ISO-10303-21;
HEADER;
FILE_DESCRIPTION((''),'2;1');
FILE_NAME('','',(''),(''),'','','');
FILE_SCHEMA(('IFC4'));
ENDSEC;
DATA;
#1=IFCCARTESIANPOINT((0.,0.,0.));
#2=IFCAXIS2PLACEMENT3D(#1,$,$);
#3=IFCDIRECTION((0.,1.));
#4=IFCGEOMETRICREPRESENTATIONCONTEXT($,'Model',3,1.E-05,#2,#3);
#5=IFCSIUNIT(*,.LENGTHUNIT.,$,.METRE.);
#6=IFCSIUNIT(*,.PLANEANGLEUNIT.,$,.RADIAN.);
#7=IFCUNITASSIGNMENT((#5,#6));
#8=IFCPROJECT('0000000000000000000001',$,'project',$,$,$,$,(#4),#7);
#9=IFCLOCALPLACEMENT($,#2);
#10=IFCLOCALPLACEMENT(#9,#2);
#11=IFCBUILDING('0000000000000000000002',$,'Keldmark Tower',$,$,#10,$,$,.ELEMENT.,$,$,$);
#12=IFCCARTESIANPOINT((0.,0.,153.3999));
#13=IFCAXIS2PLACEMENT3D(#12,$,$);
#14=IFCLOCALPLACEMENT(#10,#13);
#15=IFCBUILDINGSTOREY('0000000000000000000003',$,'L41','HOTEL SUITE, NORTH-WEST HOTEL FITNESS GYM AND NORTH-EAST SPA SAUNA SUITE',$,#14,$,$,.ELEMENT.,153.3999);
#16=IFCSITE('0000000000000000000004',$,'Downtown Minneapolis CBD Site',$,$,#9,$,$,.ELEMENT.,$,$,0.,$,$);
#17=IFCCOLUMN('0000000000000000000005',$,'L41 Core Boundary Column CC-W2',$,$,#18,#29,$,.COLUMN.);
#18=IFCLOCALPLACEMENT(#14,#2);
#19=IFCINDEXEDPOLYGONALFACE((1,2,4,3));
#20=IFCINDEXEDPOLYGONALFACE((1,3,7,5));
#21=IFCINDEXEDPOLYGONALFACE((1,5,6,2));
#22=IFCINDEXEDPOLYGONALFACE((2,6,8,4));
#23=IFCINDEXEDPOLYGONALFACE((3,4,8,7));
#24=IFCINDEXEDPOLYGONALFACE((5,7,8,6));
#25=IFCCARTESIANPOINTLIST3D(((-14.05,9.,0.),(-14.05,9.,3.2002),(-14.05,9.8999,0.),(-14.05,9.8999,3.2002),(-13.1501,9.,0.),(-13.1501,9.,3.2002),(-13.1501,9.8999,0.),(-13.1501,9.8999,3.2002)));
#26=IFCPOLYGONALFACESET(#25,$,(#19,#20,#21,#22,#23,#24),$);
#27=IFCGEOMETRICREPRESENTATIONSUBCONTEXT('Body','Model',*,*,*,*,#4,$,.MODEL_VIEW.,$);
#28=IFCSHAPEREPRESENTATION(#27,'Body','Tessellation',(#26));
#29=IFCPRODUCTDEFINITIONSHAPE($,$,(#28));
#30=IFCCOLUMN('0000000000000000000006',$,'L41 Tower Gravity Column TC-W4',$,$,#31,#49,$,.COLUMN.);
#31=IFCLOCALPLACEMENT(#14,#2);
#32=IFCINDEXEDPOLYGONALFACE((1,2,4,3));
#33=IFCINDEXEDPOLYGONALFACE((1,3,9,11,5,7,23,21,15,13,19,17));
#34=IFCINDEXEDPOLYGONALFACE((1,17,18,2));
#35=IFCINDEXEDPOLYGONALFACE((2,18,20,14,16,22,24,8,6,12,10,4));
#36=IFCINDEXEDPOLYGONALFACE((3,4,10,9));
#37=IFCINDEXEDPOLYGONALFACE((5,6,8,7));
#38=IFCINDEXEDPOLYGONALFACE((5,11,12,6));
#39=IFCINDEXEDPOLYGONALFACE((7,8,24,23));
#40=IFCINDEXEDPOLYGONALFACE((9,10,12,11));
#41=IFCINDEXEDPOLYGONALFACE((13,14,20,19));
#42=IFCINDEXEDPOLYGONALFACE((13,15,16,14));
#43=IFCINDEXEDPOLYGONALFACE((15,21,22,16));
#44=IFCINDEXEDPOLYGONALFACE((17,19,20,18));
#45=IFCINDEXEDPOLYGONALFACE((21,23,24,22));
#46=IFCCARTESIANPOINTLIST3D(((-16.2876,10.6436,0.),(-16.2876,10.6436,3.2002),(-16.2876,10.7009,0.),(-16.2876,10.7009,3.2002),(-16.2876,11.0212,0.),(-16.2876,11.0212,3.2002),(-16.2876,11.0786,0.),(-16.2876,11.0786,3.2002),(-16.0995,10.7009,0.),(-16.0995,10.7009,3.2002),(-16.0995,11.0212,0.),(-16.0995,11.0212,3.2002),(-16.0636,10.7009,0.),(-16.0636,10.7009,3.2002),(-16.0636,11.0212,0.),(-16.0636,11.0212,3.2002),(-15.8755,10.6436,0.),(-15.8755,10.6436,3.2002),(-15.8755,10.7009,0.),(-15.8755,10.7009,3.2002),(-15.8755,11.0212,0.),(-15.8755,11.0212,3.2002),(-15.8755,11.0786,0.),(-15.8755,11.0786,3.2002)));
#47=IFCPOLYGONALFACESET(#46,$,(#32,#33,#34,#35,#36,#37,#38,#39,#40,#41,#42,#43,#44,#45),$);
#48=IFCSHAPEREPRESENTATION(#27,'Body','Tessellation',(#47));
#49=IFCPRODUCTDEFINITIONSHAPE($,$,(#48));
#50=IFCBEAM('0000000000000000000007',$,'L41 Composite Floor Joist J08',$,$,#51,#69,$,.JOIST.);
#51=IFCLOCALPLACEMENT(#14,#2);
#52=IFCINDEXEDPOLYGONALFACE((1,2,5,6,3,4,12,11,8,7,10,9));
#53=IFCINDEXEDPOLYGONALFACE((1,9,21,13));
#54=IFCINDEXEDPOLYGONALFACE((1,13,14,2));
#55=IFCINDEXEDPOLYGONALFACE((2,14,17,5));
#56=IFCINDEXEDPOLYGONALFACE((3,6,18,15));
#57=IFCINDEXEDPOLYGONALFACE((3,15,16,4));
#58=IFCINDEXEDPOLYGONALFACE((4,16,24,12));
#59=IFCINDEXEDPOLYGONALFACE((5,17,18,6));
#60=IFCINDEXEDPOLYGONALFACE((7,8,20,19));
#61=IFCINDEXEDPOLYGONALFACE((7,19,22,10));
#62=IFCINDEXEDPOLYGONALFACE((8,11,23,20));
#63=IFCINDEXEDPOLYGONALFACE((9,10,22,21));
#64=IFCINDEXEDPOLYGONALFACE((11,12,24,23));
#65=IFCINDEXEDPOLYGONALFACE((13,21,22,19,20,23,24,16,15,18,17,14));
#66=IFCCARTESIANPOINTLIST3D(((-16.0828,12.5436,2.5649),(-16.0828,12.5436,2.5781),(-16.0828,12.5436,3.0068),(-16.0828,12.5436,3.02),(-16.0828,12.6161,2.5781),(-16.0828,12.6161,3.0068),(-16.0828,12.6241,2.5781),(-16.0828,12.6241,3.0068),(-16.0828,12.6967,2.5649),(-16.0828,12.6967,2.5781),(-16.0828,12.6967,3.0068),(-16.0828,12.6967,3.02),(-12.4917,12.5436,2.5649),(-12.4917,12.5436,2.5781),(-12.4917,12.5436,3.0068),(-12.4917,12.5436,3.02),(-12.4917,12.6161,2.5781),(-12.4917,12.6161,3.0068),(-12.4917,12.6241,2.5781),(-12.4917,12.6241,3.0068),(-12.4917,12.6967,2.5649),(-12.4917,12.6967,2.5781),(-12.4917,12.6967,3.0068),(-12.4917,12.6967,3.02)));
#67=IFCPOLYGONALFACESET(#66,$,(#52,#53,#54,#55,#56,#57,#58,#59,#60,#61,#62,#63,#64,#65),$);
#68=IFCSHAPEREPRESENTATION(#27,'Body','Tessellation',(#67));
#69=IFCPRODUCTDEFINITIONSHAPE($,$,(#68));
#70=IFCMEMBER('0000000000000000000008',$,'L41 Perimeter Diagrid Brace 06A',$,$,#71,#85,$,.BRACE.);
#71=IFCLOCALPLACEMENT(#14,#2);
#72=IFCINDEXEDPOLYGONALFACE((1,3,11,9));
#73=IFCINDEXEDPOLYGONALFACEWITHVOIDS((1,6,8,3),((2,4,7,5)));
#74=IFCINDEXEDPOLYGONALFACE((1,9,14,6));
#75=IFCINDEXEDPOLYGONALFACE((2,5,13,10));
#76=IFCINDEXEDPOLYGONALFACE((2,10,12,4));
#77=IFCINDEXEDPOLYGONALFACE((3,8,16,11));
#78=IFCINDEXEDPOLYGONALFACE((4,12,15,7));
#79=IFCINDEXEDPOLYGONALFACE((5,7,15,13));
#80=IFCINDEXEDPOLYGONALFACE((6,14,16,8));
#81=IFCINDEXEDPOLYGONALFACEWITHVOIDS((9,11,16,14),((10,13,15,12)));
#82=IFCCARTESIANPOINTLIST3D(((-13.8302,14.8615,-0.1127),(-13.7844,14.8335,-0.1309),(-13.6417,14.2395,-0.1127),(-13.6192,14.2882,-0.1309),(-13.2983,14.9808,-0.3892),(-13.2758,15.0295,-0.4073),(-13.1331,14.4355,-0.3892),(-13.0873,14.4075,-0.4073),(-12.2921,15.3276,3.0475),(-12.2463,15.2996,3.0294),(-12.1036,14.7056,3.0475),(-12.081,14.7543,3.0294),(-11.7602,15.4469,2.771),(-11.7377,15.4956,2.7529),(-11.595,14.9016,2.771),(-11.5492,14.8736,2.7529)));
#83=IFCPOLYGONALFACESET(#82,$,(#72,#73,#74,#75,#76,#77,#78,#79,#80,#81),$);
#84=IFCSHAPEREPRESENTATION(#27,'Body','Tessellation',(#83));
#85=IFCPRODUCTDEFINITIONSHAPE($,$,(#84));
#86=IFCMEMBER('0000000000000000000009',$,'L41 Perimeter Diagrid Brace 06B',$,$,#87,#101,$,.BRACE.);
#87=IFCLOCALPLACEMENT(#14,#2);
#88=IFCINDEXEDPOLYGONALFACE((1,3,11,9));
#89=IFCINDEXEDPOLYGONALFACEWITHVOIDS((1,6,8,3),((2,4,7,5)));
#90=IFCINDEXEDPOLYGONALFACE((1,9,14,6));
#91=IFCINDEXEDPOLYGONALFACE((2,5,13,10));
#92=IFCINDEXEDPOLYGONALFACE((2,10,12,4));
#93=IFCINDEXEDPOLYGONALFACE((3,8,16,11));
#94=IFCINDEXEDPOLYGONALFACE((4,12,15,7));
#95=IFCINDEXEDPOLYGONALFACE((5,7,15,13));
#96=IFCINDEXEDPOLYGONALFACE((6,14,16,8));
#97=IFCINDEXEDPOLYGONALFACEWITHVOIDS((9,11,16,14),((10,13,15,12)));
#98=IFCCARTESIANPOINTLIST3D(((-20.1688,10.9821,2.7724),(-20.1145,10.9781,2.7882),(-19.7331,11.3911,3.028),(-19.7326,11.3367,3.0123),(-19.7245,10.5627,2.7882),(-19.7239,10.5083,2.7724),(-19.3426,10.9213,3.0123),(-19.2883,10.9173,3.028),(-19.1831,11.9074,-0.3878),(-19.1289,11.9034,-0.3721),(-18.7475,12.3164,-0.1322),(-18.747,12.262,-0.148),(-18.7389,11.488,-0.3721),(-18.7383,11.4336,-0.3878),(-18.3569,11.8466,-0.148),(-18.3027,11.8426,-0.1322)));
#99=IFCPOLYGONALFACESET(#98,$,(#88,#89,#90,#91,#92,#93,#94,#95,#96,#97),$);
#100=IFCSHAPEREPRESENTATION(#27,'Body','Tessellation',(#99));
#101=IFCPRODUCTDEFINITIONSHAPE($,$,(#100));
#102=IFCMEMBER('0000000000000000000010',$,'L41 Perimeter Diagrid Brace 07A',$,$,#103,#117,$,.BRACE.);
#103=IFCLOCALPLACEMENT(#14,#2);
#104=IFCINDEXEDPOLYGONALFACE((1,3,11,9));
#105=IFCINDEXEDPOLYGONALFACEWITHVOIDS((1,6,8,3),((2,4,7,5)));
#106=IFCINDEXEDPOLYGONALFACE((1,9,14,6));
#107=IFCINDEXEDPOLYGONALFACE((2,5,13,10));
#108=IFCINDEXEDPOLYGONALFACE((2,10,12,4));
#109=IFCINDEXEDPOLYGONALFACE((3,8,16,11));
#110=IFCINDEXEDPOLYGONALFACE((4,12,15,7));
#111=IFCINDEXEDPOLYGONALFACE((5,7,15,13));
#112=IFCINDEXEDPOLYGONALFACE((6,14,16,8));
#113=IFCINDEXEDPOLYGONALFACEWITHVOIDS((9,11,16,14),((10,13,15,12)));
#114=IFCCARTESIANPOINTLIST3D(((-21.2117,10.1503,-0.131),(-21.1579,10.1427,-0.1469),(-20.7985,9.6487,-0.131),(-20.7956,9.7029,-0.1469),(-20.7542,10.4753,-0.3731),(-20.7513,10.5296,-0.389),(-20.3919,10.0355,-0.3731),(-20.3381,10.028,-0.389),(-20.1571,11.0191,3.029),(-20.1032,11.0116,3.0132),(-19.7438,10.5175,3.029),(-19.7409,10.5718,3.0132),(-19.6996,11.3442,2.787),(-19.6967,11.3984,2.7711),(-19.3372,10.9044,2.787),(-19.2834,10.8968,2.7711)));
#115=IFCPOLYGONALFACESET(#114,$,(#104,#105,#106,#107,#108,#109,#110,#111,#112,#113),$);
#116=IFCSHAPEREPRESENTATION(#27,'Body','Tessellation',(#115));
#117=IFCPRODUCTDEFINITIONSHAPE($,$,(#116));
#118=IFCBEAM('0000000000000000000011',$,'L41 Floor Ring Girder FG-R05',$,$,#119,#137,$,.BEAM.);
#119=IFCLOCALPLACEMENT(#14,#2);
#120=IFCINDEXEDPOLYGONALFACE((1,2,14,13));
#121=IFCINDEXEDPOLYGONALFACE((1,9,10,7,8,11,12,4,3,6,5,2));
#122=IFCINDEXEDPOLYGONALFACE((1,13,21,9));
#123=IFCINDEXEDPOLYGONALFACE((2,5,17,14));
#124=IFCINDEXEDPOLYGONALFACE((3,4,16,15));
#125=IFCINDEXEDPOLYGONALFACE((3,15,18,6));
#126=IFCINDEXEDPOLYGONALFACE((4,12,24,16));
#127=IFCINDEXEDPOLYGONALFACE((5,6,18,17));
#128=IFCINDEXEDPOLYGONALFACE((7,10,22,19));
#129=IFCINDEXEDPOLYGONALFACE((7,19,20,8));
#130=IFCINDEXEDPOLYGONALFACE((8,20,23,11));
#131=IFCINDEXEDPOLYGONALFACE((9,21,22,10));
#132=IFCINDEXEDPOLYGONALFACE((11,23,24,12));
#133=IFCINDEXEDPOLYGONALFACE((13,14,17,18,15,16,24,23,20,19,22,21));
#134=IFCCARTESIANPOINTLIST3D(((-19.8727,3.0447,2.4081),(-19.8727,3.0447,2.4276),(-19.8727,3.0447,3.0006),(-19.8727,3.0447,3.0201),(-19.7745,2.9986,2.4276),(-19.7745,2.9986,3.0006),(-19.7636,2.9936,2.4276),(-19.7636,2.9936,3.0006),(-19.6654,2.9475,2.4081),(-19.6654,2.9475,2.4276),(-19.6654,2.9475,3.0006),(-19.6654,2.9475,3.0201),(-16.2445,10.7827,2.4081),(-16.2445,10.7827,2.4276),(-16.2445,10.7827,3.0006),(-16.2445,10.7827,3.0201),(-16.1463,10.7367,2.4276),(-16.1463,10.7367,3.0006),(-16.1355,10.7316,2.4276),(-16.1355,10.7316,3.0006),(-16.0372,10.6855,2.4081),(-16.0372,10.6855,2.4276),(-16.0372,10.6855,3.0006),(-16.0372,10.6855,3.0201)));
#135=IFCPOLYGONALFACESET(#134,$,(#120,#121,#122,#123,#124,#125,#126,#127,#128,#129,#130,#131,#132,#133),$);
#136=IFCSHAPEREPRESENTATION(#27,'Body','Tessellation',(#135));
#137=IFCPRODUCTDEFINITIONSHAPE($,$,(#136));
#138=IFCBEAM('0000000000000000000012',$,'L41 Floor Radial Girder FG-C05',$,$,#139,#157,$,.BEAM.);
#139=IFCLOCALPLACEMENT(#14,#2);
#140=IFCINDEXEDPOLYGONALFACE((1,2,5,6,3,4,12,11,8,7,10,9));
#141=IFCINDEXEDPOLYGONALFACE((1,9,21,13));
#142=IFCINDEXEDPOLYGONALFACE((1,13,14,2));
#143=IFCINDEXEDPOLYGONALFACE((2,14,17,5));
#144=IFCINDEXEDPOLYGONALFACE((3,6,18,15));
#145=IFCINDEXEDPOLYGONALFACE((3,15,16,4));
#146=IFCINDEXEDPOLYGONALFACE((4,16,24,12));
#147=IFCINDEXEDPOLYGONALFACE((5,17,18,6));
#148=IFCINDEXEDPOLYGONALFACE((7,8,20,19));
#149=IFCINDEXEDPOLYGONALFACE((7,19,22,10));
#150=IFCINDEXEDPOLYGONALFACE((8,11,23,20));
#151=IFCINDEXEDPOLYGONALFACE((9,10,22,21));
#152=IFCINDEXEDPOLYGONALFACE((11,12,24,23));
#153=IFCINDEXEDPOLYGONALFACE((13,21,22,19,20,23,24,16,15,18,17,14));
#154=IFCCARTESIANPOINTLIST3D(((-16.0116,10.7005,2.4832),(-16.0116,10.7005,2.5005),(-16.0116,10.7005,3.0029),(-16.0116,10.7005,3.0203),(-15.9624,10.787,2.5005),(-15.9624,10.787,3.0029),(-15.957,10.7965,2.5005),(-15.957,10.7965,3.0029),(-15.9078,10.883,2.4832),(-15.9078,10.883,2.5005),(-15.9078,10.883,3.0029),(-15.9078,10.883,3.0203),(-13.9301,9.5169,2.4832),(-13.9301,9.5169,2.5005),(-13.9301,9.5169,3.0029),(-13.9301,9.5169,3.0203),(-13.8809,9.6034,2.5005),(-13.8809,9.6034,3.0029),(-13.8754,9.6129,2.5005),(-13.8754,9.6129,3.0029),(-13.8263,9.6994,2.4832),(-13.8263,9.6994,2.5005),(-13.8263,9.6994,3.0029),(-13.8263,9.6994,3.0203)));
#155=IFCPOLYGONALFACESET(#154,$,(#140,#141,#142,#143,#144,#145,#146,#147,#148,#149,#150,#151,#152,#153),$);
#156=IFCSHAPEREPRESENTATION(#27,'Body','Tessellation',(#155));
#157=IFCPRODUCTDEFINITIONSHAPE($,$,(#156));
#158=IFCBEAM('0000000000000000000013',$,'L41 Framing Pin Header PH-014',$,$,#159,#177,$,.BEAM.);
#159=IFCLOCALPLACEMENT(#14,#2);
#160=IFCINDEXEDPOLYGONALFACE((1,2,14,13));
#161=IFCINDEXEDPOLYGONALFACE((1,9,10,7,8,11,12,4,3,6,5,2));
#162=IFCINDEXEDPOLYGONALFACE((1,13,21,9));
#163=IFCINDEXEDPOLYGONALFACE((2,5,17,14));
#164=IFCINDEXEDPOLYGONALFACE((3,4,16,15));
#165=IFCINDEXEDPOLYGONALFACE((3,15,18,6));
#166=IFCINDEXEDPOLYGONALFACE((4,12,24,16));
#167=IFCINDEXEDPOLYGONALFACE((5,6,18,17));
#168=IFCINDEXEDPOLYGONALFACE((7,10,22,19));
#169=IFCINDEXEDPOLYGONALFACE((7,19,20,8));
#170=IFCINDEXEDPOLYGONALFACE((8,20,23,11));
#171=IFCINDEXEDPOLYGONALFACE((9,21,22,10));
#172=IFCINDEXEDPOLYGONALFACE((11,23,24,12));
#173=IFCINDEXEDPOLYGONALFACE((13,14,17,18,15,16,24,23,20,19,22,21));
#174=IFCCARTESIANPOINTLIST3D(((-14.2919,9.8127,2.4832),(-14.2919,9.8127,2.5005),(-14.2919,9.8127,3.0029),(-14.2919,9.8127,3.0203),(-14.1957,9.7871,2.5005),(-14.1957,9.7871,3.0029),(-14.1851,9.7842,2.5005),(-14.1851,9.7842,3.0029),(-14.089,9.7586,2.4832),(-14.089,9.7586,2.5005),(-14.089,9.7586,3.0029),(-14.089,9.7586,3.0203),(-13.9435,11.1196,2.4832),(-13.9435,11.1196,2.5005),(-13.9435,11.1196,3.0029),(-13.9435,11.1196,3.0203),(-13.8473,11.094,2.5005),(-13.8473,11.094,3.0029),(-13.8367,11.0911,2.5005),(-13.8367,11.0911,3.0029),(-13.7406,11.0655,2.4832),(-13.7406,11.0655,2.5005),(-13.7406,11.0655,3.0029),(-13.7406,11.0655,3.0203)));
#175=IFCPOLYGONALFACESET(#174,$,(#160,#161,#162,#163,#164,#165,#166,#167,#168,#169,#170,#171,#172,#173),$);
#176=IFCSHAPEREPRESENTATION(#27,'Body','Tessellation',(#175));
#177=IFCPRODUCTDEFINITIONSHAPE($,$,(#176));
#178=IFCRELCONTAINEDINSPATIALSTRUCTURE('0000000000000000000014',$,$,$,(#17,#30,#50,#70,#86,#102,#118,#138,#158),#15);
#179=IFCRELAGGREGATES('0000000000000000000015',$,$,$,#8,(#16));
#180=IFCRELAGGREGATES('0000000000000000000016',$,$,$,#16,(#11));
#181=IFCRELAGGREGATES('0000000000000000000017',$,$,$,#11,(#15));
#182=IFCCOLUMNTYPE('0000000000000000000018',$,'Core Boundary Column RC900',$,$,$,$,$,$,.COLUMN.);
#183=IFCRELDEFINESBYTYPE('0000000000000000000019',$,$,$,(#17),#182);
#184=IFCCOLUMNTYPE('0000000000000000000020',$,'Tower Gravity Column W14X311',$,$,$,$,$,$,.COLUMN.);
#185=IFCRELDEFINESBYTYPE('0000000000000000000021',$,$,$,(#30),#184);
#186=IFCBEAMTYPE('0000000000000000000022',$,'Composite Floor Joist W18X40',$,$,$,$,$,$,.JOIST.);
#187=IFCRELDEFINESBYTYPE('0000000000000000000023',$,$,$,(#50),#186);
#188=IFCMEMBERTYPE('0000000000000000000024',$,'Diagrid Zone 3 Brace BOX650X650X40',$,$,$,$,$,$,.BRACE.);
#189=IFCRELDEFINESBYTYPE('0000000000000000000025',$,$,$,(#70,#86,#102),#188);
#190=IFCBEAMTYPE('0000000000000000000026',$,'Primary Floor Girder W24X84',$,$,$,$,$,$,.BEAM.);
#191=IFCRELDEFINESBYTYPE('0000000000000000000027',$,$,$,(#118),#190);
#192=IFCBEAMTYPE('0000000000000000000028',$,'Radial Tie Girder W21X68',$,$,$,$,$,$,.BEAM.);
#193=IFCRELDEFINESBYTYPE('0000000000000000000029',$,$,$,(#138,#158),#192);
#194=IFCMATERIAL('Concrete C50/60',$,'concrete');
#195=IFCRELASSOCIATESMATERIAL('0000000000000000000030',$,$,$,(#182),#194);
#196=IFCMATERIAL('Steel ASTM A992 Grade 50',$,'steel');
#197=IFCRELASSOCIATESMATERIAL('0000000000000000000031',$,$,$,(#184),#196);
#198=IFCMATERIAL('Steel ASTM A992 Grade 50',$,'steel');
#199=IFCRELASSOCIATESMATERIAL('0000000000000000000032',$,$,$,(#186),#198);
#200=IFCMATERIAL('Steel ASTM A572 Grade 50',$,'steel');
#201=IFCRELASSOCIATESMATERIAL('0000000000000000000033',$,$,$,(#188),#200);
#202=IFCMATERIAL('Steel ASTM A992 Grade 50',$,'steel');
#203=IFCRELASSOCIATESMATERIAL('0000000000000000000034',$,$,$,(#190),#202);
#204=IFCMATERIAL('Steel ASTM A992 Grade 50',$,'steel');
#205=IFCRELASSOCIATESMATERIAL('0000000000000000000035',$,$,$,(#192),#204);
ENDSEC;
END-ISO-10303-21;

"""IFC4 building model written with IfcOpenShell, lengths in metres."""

from ifc_helpers import new_model, si_unit, direction, frame, origin, origin_2d, place, context, subcontext, project, spatial, rectangle, hollow_rectangle, i_section, extrude, material, material_profile, profile_set, type_object, element, save


model = new_model("IFC4")

# Units and contexts
model_context = context("Model", 3, precision=1e-05, world=origin(), true_north=direction((0.0, 1.0)))
body_context = subcontext(model_context, "Body", "Model", "MODEL_VIEW")
ifc_project = project(units=[si_unit("LENGTHUNIT", "METRE"), si_unit("PLANEANGLEUNIT", "RADIAN")], contexts=[model_context])

# Site, building, storey
site_placement = place(None, origin())
site = spatial("IfcSite", under=ifc_project, at=site_placement, Name="Downtown Minneapolis CBD Site", CompositionType="ELEMENT", RefElevation=0.0)
building_placement = place(site_placement, origin())
building = spatial("IfcBuilding", under=site, at=building_placement, Name="Keldmark Tower", CompositionType="ELEMENT")
storey_placement = place(building_placement, frame((0.0, 0.0, 153.3999)))
storey = spatial("IfcBuildingStorey", under=building, at=storey_placement, Name="L41", Description="HOTEL SUITE, NORTH-WEST HOTEL FITNESS GYM AND NORTH-EAST SPA SAUNA SUITE", CompositionType="ELEMENT", Elevation=153.3999)

# Columns
ifc_material_1 = material(Name="Concrete C50/60", Category="concrete")
ifc_material_profile_1 = material_profile(ifc_material_1, rectangle(XDim=0.8999, YDim=0.8999, at=origin_2d()), Name="RC900X900")
ifc_profile_set_1 = profile_set([ifc_material_profile_1], Name="Concrete C50/60")
column_type_1 = type_object("IfcColumnType", Name="Core Boundary Column RC900", PredefinedType="COLUMN", material=ifc_profile_set_1)
column_1_placement = place(storey_placement, frame((-13.6001, 9.45, 0.0), z_axis=(0.0, 0.0, 1.0), x_axis=(1.0, 0.0, 0.0)))
element("IfcColumn", 1, at=column_1_placement, inside=storey, type_object=column_type_1, Name="L41 Core Boundary Column CC-W2", PredefinedType="COLUMN", context=body_context, shape_type="SweptSolid", body=[
    extrude(rectangle(XDim=0.8999, YDim=0.8999, at=origin_2d()), origin(), (0.0, 0.0, 1.0), 3.2002),
])
ifc_material_2 = material(Name="Steel ASTM A992 Grade 50", Category="steel")
ifc_material_profile_2 = material_profile(ifc_material_2, i_section(OverallWidth=0.4121, OverallDepth=0.4351, WebThickness=0.0359, FlangeThickness=0.0574, at=origin_2d()), Name="W14X311")
ifc_profile_set_2 = profile_set([ifc_material_profile_2], Name="Steel ASTM A992 Grade 50")
column_type_2 = type_object("IfcColumnType", Name="Tower Gravity Column W14X311", PredefinedType="COLUMN", material=ifc_profile_set_2)
column_2_placement = place(storey_placement, frame((-16.0815, 10.8611, 0.0), z_axis=(0.0, 0.0, 1.0), x_axis=(1.0, 0.0, 0.0)))
element("IfcColumn", 2, at=column_2_placement, inside=storey, type_object=column_type_2, Name="L41 Tower Gravity Column TC-W4", PredefinedType="COLUMN", context=body_context, shape_type="SweptSolid", body=[
    extrude(i_section(OverallWidth=0.4121, OverallDepth=0.4351, WebThickness=0.0359, FlangeThickness=0.0574, at=origin_2d()), origin(), (0.0, 0.0, 1.0), 3.2002),
])

# Beam
ifc_material_3 = material(Name="Steel ASTM A992 Grade 50", Category="steel")
ifc_material_profile_3 = material_profile(ifc_material_3, i_section(OverallWidth=0.1531, OverallDepth=0.4551, WebThickness=0.0081, FlangeThickness=0.0132, at=origin_2d()), Name="W18X40")
ifc_profile_set_3 = profile_set([ifc_material_profile_3], Name="Steel ASTM A992 Grade 50")
beam_type_1 = type_object("IfcBeamType", Name="Composite Floor Joist W18X40", PredefinedType="JOIST", material=ifc_profile_set_3)
beam_1_placement = place(storey_placement, frame((-16.0828, 12.6201, 2.7925), z_axis=(1.0, 0.0, 0.0), x_axis=(0.0, 1.0, 0.0)))
element("IfcBeam", 3, at=beam_1_placement, inside=storey, type_object=beam_type_1, Name="L41 Composite Floor Joist J08", PredefinedType="JOIST", context=body_context, shape_type="SweptSolid", body=[
    extrude(i_section(OverallWidth=0.1531, OverallDepth=0.4551, WebThickness=0.0081, FlangeThickness=0.0132, at=origin_2d()), origin(), (0.0, 0.0, 1.0), 3.5911),
])

# Members
ifc_material_4 = material(Name="Steel ASTM A572 Grade 50", Category="steel")
ifc_material_profile_4 = material_profile(ifc_material_4, hollow_rectangle(XDim=0.6499, YDim=0.6499, WallThickness=0.04, at=origin_2d()), Name="BOX650X650X40")
ifc_profile_set_4 = profile_set([ifc_material_profile_4], Name="Steel ASTM A572 Grade 50")
member_type = type_object("IfcMemberType", Name="Diagrid Zone 3 Brace BOX650X650X40", PredefinedType="BRACE", material=ifc_profile_set_4)
member_1_placement = place(storey_placement, frame((-13.4587, 14.6345, -0.26), z_axis=(0.433832, 0.131458, 0.891352), x_axis=(-0.289995, 0.957028, 0.0)))
element("IfcMember", 4, at=member_1_placement, inside=storey, type_object=member_type, Name="L41 Perimeter Diagrid Brace 06A", PredefinedType="BRACE", context=body_context, shape_type="SweptSolid", body=[
    extrude(hollow_rectangle(XDim=0.6499, YDim=0.6499, WallThickness=0.04, at=origin_2d()), origin(), (0.0, 0.0, 1.0), 3.5454),
])
member_2_placement = place(storey_placement, frame((-18.7429, 11.875, -0.26), z_axis=(-0.286746, -0.269202, 0.919406), x_axis=(0.684452, -0.729058, 0.0)))
element("IfcMember", 5, at=member_2_placement, inside=storey, type_object=member_type, Name="L41 Perimeter Diagrid Brace 06B", PredefinedType="BRACE", context=body_context, shape_type="SweptSolid", body=[
    extrude(hollow_rectangle(XDim=0.6499, YDim=0.6499, WallThickness=0.04, at=origin_2d()), origin(), (0.0, 0.0, 1.0), 3.4373),
])
member_3_placement = place(storey_placement, frame((-20.7749, 10.0891, -0.26), z_axis=(0.306332, 0.252369, 0.917862), x_axis=(-0.635851, 0.771812, 0.0)))
element("IfcMember", 6, at=member_3_placement, inside=storey, type_object=member_type, Name="L41 Perimeter Diagrid Brace 07A", PredefinedType="BRACE", context=body_context, shape_type="SweptSolid", body=[
    extrude(hollow_rectangle(XDim=0.6499, YDim=0.6499, WallThickness=0.04, at=origin_2d()), origin(), (0.0, 0.0, 1.0), 3.4429),
])

# Beams
ifc_material_5 = material(Name="Steel ASTM A992 Grade 50", Category="steel")
ifc_material_profile_5 = material_profile(ifc_material_5, i_section(OverallWidth=0.229, OverallDepth=0.6121, WebThickness=0.012, FlangeThickness=0.0195, at=origin_2d()), Name="W24X84")
ifc_profile_set_5 = profile_set([ifc_material_profile_5], Name="Steel ASTM A992 Grade 50")
beam_type_2 = type_object("IfcBeamType", Name="Primary Floor Girder W24X84", PredefinedType="BEAM", material=ifc_profile_set_5)
beam_2_placement = place(storey_placement, frame((-16.1409, 10.7341, 2.7141), z_axis=(-0.424527, -0.905415, 0.0), x_axis=(0.905415, -0.424527, 0.0)))
element("IfcBeam", 7, at=beam_2_placement, inside=storey, type_object=beam_type_2, Name="L41 Floor Ring Girder FG-R05", PredefinedType="BEAM", context=body_context, shape_type="SweptSolid", body=[
    extrude(i_section(OverallWidth=0.229, OverallDepth=0.6121, WebThickness=0.012, FlangeThickness=0.0195, at=origin_2d()), origin(), (0.0, 0.0, 1.0), 8.5464),
])
ifc_material_6 = material(Name="Steel ASTM A992 Grade 50", Category="steel")
ifc_material_profile_6 = material_profile(ifc_material_6, i_section(OverallWidth=0.21, OverallDepth=0.5371, WebThickness=0.011, FlangeThickness=0.0173, at=origin_2d()), Name="W21X68")
ifc_profile_set_6 = profile_set([ifc_material_profile_6], Name="Steel ASTM A992 Grade 50")
beam_type_3 = type_object("IfcBeamType", Name="Radial Tie Girder W21X68", PredefinedType="BEAM", material=ifc_profile_set_6)
beam_3_placement = place(storey_placement, frame((-15.9597, 10.7917, 2.7517), z_axis=(0.869295, -0.494293, 0.0), x_axis=(0.494293, 0.869295, 0.0)))
element("IfcBeam", 8, at=beam_3_placement, inside=storey, type_object=beam_type_3, Name="L41 Floor Radial Girder FG-C05", PredefinedType="BEAM", context=body_context, shape_type="SweptSolid", body=[
    extrude(i_section(OverallWidth=0.21, OverallDepth=0.5371, WebThickness=0.011, FlangeThickness=0.0173, at=origin_2d()), origin(), (0.0, 0.0, 1.0), 2.3945),
])
beam_4_placement = place(storey_placement, frame((-14.1904, 9.7856, 2.7517), z_axis=(0.257584, 0.966256, 0.0), x_axis=(-0.966256, 0.257584, 0.0)))
element("IfcBeam", 9, at=beam_4_placement, inside=storey, type_object=beam_type_3, Name="L41 Framing Pin Header PH-014", PredefinedType="BEAM", context=body_context, shape_type="SweptSolid", body=[
    extrude(i_section(OverallWidth=0.21, OverallDepth=0.5371, WebThickness=0.011, FlangeThickness=0.0173, at=origin_2d()), origin(), (0.0, 0.0, 1.0), 1.3525),
])

save(model, "model.ifc")
